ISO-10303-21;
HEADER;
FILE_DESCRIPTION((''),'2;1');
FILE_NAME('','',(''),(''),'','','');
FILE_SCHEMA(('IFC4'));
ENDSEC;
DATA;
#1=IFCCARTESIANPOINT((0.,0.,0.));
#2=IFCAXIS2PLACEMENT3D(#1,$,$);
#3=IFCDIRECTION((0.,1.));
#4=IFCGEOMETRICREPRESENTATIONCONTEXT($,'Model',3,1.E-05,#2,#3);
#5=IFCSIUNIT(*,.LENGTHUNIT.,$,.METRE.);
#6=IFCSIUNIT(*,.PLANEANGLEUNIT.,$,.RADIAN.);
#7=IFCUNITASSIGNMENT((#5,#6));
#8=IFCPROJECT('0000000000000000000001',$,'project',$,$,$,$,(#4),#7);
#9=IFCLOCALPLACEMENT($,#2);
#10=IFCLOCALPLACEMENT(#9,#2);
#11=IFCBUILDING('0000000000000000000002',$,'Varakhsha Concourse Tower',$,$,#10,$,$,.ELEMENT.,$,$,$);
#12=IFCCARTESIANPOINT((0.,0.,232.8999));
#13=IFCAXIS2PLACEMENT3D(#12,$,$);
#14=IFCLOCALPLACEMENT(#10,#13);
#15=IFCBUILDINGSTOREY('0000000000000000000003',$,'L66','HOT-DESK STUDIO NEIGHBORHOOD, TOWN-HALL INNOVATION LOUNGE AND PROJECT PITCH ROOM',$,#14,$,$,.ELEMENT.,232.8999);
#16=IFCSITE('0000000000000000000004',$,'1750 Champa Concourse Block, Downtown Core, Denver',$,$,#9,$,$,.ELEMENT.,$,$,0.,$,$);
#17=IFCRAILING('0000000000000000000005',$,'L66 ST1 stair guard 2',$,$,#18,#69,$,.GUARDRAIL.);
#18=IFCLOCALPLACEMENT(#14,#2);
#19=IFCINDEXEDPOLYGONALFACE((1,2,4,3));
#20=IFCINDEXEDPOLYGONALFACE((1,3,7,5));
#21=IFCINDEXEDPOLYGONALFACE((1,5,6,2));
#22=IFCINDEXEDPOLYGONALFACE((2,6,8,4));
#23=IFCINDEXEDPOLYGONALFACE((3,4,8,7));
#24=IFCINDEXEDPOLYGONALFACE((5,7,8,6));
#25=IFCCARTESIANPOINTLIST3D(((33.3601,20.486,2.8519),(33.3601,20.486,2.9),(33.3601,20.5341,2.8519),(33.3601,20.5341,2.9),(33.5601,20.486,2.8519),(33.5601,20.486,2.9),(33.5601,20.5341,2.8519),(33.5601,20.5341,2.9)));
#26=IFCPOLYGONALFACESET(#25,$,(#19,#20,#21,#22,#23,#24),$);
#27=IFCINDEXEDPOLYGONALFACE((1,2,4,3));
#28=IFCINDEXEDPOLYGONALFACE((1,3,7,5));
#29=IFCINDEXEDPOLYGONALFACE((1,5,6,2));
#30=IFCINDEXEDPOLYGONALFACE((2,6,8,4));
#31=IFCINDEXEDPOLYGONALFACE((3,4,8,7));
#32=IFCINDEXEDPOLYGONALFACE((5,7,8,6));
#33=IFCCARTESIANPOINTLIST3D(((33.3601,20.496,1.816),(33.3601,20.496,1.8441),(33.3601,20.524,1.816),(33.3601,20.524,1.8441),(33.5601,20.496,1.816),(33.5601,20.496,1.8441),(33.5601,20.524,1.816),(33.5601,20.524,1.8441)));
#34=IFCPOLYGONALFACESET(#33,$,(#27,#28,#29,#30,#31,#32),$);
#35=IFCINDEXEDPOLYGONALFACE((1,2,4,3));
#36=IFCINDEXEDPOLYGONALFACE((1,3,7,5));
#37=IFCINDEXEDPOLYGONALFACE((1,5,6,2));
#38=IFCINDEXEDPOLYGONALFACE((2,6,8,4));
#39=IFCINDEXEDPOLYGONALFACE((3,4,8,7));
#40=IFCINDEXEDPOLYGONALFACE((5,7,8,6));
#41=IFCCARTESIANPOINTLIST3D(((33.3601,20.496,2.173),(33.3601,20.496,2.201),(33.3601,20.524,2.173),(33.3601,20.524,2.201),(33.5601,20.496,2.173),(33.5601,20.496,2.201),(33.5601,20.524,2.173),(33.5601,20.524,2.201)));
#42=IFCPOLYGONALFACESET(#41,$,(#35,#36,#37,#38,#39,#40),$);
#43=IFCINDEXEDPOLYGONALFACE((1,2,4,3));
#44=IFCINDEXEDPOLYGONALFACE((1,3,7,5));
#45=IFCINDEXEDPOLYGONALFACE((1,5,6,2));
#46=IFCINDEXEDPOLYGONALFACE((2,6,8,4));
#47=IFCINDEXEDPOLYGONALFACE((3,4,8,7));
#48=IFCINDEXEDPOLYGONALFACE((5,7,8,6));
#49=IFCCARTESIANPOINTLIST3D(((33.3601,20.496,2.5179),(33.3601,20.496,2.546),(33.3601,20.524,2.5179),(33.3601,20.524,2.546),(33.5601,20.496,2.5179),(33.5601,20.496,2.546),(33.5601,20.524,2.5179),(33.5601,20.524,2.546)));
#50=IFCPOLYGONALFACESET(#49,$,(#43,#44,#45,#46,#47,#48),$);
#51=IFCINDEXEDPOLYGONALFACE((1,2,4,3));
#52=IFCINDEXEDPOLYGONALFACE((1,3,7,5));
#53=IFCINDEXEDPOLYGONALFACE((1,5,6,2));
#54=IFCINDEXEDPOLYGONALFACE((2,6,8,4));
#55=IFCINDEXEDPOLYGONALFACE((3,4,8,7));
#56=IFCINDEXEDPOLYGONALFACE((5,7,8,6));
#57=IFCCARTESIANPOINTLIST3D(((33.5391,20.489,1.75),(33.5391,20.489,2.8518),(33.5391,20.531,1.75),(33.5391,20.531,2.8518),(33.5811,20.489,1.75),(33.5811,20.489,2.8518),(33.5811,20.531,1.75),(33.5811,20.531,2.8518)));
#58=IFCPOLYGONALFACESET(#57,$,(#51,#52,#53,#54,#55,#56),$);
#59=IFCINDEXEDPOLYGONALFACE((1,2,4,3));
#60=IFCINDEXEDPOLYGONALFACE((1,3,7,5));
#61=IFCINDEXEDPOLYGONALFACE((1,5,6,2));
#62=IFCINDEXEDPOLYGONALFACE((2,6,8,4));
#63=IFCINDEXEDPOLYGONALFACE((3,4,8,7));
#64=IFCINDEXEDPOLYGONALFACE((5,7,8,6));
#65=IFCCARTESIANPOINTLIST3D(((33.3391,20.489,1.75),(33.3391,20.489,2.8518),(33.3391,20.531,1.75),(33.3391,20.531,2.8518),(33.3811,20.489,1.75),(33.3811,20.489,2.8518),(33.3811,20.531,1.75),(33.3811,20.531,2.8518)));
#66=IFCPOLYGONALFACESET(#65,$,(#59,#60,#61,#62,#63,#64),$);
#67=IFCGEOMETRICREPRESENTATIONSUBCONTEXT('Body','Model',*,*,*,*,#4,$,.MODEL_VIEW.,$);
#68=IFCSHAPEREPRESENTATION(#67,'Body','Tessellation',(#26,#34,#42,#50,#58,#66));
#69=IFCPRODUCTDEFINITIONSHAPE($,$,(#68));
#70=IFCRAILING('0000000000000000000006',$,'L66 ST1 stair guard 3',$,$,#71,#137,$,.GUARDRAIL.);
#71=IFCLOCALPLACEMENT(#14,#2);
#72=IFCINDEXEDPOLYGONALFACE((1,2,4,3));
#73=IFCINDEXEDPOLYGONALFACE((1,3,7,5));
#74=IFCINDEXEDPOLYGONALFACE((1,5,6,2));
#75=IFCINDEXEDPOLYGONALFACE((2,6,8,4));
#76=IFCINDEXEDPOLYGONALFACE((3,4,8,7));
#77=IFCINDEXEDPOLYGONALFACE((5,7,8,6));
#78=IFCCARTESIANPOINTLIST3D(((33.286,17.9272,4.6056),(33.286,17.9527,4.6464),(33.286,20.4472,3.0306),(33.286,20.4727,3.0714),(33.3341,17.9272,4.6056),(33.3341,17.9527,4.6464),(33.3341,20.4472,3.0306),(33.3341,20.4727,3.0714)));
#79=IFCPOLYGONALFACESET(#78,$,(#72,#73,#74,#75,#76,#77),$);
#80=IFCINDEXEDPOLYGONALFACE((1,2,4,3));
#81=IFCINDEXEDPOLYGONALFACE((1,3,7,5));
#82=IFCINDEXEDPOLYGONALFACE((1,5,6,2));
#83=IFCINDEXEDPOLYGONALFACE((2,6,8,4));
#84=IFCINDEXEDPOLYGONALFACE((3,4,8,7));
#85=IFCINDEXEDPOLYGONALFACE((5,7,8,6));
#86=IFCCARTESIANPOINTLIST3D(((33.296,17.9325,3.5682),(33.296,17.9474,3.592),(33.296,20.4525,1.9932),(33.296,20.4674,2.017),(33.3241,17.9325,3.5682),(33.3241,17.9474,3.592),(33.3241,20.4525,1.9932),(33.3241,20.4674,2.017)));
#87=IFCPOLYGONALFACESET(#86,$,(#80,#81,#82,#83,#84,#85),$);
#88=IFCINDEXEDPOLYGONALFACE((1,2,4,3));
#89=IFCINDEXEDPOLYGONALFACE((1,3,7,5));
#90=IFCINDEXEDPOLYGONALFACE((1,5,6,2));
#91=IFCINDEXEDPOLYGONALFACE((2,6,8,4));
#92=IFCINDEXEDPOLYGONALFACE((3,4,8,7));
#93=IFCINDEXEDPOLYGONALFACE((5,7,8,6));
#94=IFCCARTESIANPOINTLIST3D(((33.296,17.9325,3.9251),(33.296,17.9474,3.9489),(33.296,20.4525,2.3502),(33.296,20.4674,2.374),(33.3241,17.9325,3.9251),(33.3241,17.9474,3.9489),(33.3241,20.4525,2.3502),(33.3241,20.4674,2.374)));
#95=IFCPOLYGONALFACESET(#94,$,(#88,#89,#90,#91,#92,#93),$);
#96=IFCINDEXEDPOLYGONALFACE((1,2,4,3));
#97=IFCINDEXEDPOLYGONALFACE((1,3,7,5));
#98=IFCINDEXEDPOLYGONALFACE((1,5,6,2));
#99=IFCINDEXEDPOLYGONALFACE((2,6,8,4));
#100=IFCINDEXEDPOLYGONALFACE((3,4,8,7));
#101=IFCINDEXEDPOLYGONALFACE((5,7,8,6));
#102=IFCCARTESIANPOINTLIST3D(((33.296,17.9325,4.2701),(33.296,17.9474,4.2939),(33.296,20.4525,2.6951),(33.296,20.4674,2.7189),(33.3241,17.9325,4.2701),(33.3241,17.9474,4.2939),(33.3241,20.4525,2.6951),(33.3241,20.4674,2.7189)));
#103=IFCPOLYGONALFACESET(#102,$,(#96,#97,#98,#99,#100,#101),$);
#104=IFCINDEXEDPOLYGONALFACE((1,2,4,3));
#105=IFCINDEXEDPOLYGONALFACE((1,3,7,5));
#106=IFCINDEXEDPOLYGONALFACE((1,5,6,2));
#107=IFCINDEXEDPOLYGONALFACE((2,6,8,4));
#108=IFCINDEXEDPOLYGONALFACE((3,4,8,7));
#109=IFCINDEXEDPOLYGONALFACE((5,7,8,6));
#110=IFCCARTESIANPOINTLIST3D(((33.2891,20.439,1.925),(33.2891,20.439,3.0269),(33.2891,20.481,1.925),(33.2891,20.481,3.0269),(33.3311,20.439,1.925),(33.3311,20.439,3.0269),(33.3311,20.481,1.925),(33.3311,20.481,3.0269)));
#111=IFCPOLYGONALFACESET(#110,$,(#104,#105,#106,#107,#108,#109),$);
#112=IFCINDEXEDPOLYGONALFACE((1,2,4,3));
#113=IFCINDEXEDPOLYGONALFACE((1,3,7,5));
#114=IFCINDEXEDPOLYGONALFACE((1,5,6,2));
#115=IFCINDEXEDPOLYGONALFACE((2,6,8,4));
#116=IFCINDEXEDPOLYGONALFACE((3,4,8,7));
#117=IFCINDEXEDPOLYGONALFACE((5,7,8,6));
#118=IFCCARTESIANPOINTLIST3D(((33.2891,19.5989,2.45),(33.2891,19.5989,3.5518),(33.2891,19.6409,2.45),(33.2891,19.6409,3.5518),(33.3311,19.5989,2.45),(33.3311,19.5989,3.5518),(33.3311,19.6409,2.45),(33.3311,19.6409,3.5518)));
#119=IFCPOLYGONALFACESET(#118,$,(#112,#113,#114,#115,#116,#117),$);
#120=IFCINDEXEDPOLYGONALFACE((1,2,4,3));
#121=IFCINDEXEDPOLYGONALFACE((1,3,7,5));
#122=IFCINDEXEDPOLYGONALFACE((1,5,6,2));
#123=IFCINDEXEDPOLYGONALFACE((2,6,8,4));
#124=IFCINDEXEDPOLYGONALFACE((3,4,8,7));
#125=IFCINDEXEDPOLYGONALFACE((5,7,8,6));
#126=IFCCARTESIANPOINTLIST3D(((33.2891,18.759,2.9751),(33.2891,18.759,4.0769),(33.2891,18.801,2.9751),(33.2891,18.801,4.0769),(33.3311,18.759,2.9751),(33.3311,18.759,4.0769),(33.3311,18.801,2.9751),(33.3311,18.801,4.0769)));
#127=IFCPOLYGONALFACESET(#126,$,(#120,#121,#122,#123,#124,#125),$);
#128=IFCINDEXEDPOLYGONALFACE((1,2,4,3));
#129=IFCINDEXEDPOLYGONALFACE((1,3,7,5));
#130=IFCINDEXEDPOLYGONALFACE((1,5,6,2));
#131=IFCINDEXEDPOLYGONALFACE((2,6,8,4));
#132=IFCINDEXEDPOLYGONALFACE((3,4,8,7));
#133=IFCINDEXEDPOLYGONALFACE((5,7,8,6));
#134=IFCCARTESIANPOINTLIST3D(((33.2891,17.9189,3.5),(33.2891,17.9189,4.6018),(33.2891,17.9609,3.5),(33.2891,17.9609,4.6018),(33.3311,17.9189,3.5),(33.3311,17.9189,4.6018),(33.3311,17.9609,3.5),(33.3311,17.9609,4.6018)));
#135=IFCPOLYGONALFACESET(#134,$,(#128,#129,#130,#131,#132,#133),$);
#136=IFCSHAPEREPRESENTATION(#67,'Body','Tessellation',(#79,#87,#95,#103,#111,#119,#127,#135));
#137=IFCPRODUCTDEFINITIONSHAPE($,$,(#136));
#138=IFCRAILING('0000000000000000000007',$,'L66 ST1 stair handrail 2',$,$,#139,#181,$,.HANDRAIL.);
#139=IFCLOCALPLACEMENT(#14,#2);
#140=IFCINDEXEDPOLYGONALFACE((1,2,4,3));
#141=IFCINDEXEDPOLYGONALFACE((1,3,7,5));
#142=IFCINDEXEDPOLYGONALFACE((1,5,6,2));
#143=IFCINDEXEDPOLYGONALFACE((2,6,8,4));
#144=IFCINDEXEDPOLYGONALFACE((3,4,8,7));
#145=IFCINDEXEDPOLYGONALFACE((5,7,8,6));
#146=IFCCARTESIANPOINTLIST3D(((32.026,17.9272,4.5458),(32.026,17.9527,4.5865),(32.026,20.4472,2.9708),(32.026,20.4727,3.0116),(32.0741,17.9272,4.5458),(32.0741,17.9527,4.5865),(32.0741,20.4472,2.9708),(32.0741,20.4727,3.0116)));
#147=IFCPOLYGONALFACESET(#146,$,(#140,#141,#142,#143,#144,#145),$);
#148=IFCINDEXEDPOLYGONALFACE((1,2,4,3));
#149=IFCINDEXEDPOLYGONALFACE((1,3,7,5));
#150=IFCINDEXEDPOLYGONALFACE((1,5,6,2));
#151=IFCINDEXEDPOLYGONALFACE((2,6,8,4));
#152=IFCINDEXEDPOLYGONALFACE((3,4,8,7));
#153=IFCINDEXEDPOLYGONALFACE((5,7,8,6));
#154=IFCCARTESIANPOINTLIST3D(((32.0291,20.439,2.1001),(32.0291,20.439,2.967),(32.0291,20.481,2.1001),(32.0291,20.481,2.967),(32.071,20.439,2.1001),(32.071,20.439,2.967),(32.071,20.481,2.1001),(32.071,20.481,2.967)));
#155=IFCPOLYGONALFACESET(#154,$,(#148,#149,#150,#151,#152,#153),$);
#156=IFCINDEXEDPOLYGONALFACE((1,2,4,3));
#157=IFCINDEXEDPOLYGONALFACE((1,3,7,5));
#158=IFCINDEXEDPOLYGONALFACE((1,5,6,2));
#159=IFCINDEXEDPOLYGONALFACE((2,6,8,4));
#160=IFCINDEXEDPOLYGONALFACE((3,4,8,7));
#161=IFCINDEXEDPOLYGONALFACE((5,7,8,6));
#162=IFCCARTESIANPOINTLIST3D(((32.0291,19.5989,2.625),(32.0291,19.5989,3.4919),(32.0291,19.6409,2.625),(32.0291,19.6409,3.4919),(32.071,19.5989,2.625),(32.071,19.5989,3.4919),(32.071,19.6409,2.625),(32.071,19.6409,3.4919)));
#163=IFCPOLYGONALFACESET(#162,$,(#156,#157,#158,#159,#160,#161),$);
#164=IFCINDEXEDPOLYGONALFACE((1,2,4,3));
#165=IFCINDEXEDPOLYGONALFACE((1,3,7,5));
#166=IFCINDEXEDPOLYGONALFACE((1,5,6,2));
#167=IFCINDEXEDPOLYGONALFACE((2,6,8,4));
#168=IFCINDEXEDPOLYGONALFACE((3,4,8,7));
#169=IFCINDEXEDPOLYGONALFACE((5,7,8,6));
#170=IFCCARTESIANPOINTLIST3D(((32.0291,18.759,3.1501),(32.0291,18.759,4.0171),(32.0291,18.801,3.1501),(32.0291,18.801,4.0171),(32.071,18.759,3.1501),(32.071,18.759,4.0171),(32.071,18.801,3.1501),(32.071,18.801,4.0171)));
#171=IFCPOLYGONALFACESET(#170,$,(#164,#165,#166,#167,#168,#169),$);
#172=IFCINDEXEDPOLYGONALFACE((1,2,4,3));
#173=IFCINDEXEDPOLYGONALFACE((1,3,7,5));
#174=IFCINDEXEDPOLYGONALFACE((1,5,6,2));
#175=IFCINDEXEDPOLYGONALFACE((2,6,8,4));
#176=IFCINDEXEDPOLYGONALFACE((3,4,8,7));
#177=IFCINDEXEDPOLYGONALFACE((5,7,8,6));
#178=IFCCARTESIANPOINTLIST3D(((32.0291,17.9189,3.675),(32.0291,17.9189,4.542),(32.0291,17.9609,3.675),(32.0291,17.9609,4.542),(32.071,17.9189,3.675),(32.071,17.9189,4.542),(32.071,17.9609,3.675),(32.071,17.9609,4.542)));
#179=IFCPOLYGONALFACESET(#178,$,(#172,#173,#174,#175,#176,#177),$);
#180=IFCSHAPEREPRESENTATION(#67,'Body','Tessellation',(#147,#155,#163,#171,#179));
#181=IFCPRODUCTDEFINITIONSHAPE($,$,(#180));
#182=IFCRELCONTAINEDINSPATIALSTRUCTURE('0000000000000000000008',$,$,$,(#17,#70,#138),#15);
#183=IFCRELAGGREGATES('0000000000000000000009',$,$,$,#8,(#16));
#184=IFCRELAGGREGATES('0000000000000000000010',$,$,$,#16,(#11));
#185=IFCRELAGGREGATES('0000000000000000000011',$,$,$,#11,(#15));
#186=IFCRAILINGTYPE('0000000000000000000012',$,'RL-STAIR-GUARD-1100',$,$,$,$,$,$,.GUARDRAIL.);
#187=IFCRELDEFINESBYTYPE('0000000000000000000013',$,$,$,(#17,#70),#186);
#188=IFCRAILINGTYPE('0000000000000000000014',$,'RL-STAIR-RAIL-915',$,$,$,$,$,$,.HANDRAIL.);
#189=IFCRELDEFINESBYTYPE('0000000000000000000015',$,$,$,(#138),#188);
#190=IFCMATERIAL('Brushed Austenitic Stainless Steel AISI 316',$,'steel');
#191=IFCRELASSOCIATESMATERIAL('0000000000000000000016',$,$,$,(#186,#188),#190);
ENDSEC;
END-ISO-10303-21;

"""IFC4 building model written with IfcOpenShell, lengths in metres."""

from ifc_helpers import new_model, si_unit, direction, frame, origin, origin_2d, place, context, subcontext, project, spatial, rectangle, extrude, material, type_object, element, save


model = new_model("IFC4")

# Units and contexts
model_context = context("Model", 3, precision=1e-05, world=origin(), true_north=direction((0.0, 1.0)))
body_context = subcontext(model_context, "Body", "Model", "MODEL_VIEW")
ifc_project = project(units=[si_unit("LENGTHUNIT", "METRE"), si_unit("PLANEANGLEUNIT", "RADIAN")], contexts=[model_context])

# Site, building, storey
site_placement = place(None, origin())
site = spatial("IfcSite", under=ifc_project, at=site_placement, Name="1750 Champa Concourse Block, Downtown Core, Denver", CompositionType="ELEMENT", RefElevation=0.0)
building_placement = place(site_placement, origin())
building = spatial("IfcBuilding", under=site, at=building_placement, Name="Varakhsha Concourse Tower", CompositionType="ELEMENT")
storey_placement = place(building_placement, frame((0.0, 0.0, 232.8999)))
storey = spatial("IfcBuildingStorey", under=building, at=storey_placement, Name="L66", Description="HOT-DESK STUDIO NEIGHBORHOOD, TOWN-HALL INNOVATION LOUNGE AND PROJECT PITCH ROOM", CompositionType="ELEMENT", Elevation=232.8999)

# Shared definitions
ifc_material_1 = material(Name="Brushed Austenitic Stainless Steel AISI 316", Category="steel")

# Railings
railing_type_1 = type_object("IfcRailingType", Name="RL-STAIR-GUARD-1100", PredefinedType="GUARDRAIL", material=ifc_material_1)
railing_1_placement = place(storey_placement, frame((33.5601, 20.51, 1.75)))
element("IfcRailing", 1, at=railing_1_placement, inside=storey, type_object=railing_type_1, Name="L66 ST1 stair guard 2", PredefinedType="GUARDRAIL", context=body_context, shape_type="SweptSolid", body=[
    extrude(rectangle(XDim=0.0481, YDim=0.0481, at=origin_2d()), frame((0.0, 0.0, 1.126), z_axis=(-1.0, 0.0, 0.0), x_axis=(0.0, -1.0, 0.0)), (0.0, 0.0, 1.0), 0.2),
    extrude(rectangle(XDim=0.0281, YDim=0.0281, at=origin_2d()), frame((0.0, 0.0, 0.0801), z_axis=(-1.0, 0.0, 0.0), x_axis=(0.0, -1.0, 0.0)), (0.0, 0.0, 1.0), 0.2),
    extrude(rectangle(XDim=0.0281, YDim=0.0281, at=origin_2d()), frame((0.0, 0.0, 0.437), z_axis=(-1.0, 0.0, 0.0), x_axis=(0.0, -1.0, 0.0)), (0.0, 0.0, 1.0), 0.2),
    extrude(rectangle(XDim=0.0281, YDim=0.0281, at=origin_2d()), frame((0.0, 0.0, 0.782), z_axis=(-1.0, 0.0, 0.0), x_axis=(0.0, -1.0, 0.0)), (0.0, 0.0, 1.0), 0.2),
    extrude(rectangle(XDim=0.042, YDim=0.042, at=origin_2d()), origin(), (0.0, 0.0, 1.0), 1.1018),
    extrude(rectangle(XDim=0.042, YDim=0.042, at=origin_2d()), frame((-0.2, 0.0, 0.0)), (0.0, 0.0, 1.0), 1.1018),
])
railing_2_placement = place(storey_placement, frame((33.3101, 20.46, 1.925)))
element("IfcRailing", 2, at=railing_2_placement, inside=storey, type_object=railing_type_1, Name="L66 ST1 stair guard 3", PredefinedType="GUARDRAIL", context=body_context, shape_type="SweptSolid", body=[
    extrude(rectangle(XDim=0.0481, YDim=0.0481, at=origin_2d()), frame((0.0, 0.0, 1.126), z_axis=(0.0, -0.848008, 0.529984), x_axis=(1.0, 0.0, 0.0)), (0.0, 0.0, 1.0), 2.9717),
    extrude(rectangle(XDim=0.0281, YDim=0.0281, at=origin_2d()), frame((0.0, 0.0, 0.0801), z_axis=(0.0, -0.848008, 0.529984), x_axis=(1.0, 0.0, 0.0)), (0.0, 0.0, 1.0), 2.9717),
    extrude(rectangle(XDim=0.0281, YDim=0.0281, at=origin_2d()), frame((0.0, 0.0, 0.437), z_axis=(0.0, -0.848008, 0.529984), x_axis=(1.0, 0.0, 0.0)), (0.0, 0.0, 1.0), 2.9717),
    extrude(rectangle(XDim=0.0281, YDim=0.0281, at=origin_2d()), frame((0.0, 0.0, 0.782), z_axis=(0.0, -0.848008, 0.529984), x_axis=(1.0, 0.0, 0.0)), (0.0, 0.0, 1.0), 2.9717),
    extrude(rectangle(XDim=0.042, YDim=0.042, at=origin_2d()), origin(), (0.0, 0.0, 1.0), 1.1018),
    extrude(rectangle(XDim=0.042, YDim=0.042, at=origin_2d()), frame((0.0, -0.8401, 0.5249)), (0.0, 0.0, 1.0), 1.1018),
    extrude(rectangle(XDim=0.042, YDim=0.042, at=origin_2d()), frame((0.0, -1.6799, 1.05)), (0.0, 0.0, 1.0), 1.1018),
    extrude(rectangle(XDim=0.042, YDim=0.042, at=origin_2d()), frame((0.0, -2.52, 1.575)), (0.0, 0.0, 1.0), 1.1018),
])
railing_type_2 = type_object("IfcRailingType", Name="RL-STAIR-RAIL-915", PredefinedType="HANDRAIL", material=ifc_material_1)
railing_3_placement = place(storey_placement, frame((32.05, 20.46, 2.1001)))
element("IfcRailing", 3, at=railing_3_placement, inside=storey, type_object=railing_type_2, Name="L66 ST1 stair handrail 2", PredefinedType="HANDRAIL", context=body_context, shape_type="SweptSolid", body=[
    extrude(rectangle(XDim=0.0481, YDim=0.0481, at=origin_2d()), frame((0.0, 0.0, 0.8911), z_axis=(0.0, -0.848008, 0.529984), x_axis=(1.0, 0.0, 0.0)), (0.0, 0.0, 1.0), 2.9717),
    extrude(rectangle(XDim=0.042, YDim=0.042, at=origin_2d()), origin(), (0.0, 0.0, 1.0), 0.8669),
    extrude(rectangle(XDim=0.042, YDim=0.042, at=origin_2d()), frame((0.0, -0.8401, 0.5249)), (0.0, 0.0, 1.0), 0.8669),
    extrude(rectangle(XDim=0.042, YDim=0.042, at=origin_2d()), frame((0.0, -1.6799, 1.05)), (0.0, 0.0, 1.0), 0.8669),
    extrude(rectangle(XDim=0.042, YDim=0.042, at=origin_2d()), frame((0.0, -2.52, 1.575)), (0.0, 0.0, 1.0), 0.8669),
])

save(model, "model.ifc")
